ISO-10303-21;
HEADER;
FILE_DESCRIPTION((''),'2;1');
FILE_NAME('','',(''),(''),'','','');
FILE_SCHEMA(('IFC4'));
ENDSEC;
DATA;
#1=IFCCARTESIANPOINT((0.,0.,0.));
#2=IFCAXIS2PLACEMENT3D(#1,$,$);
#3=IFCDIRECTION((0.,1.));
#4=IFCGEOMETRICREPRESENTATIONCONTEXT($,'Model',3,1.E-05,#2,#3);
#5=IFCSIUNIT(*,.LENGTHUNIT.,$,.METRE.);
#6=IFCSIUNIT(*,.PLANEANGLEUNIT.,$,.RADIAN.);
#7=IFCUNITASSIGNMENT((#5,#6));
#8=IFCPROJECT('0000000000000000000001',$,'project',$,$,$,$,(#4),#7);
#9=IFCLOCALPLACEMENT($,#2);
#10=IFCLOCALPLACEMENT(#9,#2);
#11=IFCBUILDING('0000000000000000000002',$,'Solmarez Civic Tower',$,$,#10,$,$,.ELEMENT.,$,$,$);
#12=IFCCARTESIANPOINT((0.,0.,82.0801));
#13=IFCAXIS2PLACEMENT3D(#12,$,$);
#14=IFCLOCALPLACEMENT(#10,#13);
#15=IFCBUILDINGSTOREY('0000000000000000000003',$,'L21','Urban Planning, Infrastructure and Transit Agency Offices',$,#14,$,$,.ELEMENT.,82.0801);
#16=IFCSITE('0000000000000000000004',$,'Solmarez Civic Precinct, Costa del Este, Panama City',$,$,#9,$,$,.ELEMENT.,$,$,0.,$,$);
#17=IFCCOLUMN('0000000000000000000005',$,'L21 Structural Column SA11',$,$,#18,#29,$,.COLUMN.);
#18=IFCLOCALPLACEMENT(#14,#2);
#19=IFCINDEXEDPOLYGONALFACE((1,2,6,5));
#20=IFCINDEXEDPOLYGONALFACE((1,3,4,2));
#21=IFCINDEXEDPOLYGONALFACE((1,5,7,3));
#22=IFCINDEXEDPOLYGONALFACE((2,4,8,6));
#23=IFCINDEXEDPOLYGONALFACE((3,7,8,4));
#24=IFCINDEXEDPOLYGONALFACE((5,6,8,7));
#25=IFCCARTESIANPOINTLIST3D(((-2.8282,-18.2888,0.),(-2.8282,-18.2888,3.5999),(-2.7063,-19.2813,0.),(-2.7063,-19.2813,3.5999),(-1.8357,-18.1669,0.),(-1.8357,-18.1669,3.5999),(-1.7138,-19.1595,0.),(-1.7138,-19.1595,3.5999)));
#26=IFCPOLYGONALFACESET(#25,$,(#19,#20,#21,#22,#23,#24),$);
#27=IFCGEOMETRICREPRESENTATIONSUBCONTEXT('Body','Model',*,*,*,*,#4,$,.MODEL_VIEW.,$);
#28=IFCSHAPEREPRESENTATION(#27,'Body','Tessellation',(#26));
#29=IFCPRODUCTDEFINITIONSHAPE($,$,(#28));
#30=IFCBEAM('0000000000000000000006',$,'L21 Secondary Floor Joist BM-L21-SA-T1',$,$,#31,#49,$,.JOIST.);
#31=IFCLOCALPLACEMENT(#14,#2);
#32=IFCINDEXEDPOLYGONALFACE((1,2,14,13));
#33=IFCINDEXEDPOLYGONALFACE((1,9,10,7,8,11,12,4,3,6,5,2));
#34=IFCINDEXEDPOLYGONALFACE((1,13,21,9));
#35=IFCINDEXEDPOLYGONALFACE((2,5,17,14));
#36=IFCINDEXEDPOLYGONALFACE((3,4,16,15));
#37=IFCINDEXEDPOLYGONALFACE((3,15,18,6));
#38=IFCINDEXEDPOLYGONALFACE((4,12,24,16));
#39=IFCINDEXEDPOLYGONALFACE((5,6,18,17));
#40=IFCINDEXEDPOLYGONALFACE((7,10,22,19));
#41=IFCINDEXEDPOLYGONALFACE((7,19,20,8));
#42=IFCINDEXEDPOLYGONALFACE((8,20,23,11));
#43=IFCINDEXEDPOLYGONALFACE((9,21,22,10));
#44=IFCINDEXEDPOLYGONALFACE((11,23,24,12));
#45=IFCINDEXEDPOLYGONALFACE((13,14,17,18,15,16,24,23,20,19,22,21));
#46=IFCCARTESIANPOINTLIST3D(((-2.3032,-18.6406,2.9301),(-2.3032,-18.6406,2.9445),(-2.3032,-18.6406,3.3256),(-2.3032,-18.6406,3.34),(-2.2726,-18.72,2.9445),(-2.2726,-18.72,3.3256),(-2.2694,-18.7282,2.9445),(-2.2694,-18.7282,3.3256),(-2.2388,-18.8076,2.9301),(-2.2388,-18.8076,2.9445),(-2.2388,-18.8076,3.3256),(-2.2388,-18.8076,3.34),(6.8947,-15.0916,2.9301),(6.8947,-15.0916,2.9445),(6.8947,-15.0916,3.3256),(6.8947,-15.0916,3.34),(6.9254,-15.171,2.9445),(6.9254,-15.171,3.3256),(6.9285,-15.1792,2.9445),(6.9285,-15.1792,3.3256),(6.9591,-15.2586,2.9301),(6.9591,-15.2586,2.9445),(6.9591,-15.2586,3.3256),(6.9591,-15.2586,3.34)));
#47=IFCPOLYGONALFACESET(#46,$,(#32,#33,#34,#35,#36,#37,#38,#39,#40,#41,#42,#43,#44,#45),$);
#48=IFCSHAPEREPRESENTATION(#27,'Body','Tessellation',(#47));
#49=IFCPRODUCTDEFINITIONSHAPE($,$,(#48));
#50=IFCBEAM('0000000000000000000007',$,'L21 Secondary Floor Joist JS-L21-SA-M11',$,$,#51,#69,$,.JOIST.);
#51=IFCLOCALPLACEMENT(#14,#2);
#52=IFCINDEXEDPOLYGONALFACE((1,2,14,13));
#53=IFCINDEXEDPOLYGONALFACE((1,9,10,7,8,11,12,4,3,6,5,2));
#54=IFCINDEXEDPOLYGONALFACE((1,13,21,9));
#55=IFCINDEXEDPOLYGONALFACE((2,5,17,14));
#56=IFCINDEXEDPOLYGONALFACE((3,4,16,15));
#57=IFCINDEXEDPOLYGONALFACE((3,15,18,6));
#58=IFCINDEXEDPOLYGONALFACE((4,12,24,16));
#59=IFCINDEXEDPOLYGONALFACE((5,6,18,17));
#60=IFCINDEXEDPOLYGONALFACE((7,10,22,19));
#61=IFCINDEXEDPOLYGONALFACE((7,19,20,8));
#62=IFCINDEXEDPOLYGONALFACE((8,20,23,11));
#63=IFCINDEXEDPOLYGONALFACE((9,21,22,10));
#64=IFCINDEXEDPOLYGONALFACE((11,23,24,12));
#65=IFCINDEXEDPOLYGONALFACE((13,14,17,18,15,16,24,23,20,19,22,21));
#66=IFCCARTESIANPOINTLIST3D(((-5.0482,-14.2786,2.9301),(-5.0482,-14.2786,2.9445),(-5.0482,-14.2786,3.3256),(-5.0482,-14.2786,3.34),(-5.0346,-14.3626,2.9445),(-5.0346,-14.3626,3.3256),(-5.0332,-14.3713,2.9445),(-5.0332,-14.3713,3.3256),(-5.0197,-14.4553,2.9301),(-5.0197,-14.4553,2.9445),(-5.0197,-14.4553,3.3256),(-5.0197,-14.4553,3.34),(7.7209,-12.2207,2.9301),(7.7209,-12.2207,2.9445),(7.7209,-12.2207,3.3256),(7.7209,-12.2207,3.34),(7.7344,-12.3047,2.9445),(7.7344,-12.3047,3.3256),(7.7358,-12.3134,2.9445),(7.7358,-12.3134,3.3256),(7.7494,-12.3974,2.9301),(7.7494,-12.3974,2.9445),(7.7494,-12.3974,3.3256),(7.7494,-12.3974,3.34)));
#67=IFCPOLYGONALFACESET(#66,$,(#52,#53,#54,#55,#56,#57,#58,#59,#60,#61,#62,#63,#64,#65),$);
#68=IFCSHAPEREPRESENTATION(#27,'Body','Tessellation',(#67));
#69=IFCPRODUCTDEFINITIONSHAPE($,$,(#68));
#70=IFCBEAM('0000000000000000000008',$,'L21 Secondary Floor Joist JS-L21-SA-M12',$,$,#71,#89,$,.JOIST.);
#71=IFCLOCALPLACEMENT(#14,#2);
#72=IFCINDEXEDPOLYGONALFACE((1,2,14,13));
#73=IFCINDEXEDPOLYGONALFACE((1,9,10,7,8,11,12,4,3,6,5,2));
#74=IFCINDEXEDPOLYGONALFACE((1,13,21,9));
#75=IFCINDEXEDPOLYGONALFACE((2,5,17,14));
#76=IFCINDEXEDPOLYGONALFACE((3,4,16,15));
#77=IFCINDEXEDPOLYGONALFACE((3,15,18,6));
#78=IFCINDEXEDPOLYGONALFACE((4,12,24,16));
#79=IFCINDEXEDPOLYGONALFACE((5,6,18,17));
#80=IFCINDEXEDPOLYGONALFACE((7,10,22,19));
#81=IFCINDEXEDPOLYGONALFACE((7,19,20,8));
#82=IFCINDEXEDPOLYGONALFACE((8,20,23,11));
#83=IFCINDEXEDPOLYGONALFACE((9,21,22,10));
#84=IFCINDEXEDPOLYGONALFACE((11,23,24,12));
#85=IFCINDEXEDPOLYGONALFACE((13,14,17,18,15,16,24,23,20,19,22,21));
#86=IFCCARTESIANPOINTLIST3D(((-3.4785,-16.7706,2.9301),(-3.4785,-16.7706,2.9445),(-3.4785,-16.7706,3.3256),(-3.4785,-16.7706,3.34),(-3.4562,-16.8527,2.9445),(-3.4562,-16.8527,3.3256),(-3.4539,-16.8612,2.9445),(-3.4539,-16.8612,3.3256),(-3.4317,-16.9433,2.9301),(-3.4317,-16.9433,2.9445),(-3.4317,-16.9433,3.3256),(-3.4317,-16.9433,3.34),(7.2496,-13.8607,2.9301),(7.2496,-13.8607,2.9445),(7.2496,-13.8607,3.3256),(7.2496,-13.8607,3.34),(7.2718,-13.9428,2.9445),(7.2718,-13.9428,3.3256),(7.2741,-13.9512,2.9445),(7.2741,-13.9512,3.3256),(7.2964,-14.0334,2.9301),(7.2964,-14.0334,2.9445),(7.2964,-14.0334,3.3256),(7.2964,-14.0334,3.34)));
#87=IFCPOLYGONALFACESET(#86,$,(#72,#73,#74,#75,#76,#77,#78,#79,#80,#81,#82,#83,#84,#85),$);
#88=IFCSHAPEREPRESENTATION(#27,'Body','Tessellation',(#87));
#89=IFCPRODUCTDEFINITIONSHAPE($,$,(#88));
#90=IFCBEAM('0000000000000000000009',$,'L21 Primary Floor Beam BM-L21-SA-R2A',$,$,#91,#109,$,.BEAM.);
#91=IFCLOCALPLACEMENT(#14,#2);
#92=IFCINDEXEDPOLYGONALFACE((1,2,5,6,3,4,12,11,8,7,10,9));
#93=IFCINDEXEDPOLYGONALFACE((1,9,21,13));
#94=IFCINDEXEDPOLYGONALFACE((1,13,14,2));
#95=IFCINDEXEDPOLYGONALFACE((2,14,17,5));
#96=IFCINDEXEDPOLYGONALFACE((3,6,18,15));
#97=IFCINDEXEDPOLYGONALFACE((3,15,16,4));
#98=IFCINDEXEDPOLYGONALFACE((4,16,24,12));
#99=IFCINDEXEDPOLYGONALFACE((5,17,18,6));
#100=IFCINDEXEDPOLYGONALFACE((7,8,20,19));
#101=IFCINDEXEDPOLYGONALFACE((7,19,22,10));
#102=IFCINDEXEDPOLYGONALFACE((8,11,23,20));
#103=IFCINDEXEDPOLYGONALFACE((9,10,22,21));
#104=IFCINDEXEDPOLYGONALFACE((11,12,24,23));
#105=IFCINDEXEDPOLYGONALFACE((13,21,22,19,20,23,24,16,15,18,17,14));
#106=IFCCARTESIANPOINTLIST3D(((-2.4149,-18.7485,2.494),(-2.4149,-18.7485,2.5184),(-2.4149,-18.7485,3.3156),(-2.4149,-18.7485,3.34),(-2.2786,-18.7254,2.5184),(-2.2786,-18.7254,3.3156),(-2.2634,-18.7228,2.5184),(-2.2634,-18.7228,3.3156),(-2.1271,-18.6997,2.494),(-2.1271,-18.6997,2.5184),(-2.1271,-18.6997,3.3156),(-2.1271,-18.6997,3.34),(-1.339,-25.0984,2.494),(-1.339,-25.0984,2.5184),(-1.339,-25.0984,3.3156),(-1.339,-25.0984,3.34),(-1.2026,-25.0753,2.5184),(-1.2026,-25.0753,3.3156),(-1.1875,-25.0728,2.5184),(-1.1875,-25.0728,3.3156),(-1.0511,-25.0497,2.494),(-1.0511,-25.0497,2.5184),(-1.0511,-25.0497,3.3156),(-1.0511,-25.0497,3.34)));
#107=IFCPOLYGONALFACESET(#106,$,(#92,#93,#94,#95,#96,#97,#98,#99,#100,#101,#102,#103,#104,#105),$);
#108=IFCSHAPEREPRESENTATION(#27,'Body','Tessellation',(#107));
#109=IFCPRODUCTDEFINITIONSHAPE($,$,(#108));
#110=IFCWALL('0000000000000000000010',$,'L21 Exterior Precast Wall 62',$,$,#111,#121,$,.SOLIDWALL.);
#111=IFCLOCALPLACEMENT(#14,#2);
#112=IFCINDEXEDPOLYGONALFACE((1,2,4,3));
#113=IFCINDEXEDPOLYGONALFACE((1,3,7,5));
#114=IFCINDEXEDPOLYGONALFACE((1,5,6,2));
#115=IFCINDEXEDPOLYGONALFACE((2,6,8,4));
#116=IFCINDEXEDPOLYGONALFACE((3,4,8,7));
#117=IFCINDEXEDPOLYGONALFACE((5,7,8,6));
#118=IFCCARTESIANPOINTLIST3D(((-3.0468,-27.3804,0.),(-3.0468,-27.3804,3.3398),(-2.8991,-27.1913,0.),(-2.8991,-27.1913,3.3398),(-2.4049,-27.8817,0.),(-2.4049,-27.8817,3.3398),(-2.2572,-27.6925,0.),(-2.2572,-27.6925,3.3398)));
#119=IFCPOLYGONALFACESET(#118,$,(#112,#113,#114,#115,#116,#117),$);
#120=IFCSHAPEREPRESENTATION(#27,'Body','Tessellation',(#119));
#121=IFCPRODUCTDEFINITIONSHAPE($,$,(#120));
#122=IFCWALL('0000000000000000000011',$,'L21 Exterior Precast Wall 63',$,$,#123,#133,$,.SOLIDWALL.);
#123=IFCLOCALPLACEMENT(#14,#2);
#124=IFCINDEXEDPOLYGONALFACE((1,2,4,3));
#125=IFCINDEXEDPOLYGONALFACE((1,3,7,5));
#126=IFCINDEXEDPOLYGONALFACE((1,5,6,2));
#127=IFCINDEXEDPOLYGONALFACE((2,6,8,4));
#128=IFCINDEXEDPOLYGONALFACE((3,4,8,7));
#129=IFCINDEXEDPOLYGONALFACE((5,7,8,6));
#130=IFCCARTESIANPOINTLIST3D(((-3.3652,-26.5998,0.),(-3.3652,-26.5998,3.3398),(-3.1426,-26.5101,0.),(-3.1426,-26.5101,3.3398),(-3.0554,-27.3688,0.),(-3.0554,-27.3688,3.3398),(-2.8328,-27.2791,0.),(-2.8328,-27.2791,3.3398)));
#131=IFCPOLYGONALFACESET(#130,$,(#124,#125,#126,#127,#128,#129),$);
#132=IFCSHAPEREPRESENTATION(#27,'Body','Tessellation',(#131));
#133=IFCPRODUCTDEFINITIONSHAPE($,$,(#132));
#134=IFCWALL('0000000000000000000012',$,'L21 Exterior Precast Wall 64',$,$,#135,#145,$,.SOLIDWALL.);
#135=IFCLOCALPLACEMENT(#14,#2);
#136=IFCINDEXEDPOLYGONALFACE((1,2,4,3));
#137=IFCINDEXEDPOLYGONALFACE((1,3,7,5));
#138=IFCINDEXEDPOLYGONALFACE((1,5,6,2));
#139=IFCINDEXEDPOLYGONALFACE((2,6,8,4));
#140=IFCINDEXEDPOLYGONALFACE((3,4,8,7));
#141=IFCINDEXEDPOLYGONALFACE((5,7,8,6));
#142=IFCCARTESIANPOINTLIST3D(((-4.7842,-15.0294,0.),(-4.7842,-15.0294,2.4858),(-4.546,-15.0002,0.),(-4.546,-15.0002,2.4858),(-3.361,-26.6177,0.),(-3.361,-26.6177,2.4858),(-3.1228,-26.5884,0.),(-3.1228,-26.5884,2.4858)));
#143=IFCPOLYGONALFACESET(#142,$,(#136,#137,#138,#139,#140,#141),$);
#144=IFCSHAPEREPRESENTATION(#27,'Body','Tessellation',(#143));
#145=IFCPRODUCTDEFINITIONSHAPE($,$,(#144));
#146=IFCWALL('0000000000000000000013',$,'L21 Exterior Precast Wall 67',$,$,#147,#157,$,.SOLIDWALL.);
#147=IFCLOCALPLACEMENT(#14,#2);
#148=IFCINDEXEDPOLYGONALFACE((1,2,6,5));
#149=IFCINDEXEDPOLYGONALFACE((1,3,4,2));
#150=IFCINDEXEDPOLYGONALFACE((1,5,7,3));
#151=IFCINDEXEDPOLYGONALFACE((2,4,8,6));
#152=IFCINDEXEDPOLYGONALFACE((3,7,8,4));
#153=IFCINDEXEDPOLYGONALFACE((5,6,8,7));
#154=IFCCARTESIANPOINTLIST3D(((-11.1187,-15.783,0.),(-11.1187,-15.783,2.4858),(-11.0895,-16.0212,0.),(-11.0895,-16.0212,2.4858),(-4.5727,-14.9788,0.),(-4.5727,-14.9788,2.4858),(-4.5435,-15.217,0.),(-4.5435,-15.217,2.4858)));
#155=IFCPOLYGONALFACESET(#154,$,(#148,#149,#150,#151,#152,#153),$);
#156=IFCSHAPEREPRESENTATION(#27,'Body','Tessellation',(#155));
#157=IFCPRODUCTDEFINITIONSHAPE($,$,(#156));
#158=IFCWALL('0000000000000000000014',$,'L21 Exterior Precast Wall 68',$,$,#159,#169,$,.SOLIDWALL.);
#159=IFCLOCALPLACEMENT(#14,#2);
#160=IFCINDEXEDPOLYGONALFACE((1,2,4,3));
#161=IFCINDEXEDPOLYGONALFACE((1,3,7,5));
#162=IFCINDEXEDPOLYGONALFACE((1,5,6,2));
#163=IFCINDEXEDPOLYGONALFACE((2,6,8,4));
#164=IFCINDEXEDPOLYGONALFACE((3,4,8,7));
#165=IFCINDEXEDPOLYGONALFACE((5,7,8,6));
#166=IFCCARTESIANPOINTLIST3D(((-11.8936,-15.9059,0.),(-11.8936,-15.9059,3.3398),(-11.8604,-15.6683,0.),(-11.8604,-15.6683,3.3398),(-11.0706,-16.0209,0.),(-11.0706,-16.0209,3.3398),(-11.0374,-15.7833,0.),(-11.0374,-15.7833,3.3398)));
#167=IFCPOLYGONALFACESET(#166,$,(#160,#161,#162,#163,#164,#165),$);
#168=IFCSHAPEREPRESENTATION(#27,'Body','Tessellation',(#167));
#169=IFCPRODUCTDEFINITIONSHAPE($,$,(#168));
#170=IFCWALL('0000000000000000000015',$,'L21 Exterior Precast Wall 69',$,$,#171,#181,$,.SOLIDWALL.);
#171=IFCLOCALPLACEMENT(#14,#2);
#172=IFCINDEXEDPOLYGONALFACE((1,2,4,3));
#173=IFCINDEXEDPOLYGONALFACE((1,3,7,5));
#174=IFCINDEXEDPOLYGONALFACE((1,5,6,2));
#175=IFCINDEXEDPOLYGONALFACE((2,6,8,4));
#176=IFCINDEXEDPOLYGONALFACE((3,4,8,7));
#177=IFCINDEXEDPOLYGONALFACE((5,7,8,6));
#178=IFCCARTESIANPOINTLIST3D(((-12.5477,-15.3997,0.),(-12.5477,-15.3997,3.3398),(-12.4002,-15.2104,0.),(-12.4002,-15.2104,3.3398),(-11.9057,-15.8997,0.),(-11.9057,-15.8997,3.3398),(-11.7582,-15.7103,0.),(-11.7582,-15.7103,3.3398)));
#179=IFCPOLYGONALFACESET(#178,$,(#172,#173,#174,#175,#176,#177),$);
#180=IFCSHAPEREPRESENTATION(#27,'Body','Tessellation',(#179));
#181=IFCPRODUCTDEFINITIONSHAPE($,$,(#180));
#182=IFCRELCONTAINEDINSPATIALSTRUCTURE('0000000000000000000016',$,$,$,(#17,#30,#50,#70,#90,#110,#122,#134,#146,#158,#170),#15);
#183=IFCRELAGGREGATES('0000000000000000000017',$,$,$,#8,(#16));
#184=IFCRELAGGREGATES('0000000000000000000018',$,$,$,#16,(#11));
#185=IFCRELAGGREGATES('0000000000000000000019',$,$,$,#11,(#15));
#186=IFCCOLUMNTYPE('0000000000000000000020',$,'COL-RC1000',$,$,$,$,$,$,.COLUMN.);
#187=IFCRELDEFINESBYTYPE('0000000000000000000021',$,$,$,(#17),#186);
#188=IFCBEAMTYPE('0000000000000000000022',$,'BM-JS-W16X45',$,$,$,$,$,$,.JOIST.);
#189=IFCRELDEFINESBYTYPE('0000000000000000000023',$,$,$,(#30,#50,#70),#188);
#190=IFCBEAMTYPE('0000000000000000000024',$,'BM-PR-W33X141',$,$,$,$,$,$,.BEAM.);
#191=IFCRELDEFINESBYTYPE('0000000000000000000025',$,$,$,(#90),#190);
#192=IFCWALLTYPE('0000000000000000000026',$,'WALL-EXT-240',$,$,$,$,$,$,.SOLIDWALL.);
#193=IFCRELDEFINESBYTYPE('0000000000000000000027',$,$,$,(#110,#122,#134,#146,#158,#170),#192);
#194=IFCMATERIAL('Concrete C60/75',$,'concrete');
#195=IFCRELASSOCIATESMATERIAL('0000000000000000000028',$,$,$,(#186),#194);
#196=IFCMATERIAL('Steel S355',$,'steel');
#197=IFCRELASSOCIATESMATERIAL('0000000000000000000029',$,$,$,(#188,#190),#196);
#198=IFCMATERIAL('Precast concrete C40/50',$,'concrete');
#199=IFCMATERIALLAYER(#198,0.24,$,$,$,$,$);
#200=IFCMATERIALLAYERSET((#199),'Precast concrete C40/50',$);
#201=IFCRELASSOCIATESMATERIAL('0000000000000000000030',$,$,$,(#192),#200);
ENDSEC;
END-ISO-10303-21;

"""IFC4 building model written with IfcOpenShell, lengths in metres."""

from ifc_helpers import new_model, si_unit, direction, frame, frame_2d, origin, origin_2d, place, context, subcontext, project, spatial, rectangle, i_section, extrude, material, layer, layer_set, material_profile, profile_set, type_object, element, save


model = new_model("IFC4")

# Units and contexts
model_context = context("Model", 3, precision=1e-05, world=origin(), true_north=direction((0.0, 1.0)))
body_context = subcontext(model_context, "Body", "Model", "MODEL_VIEW")
ifc_project = project(units=[si_unit("LENGTHUNIT", "METRE"), si_unit("PLANEANGLEUNIT", "RADIAN")], contexts=[model_context])

# Site, building, storey
site_placement = place(None, origin())
site = spatial("IfcSite", under=ifc_project, at=site_placement, Name="Solmarez Civic Precinct, Costa del Este, Panama City", CompositionType="ELEMENT", RefElevation=0.0)
building_placement = place(site_placement, origin())
building = spatial("IfcBuilding", under=site, at=building_placement, Name="Solmarez Civic Tower", CompositionType="ELEMENT")
storey_placement = place(building_placement, frame((0.0, 0.0, 82.0801)))
storey = spatial("IfcBuildingStorey", under=building, at=storey_placement, Name="L21", Description="Urban Planning, Infrastructure and Transit Agency Offices", CompositionType="ELEMENT", Elevation=82.0801)

# Column
ifc_material_1 = material(Name="Concrete C60/75", Category="concrete")
ifc_material_profile_1 = material_profile(ifc_material_1, rectangle(XDim=1.0, YDim=1.0, at=origin_2d()), Name="RC1000X1000")
ifc_profile_set_1 = profile_set([ifc_material_profile_1], Name="Concrete C60/75")
column_type = type_object("IfcColumnType", Name="COL-RC1000", PredefinedType="COLUMN", material=ifc_profile_set_1)
column_placement = place(storey_placement, frame((-2.271, -18.7241, 0.0), z_axis=(0.0, 0.0, 1.0), x_axis=(0.992546, 0.121869, 0.0)))
element("IfcColumn", 1, at=column_placement, inside=storey, type_object=column_type, Name="L21 Structural Column SA11", PredefinedType="COLUMN", context=body_context, shape_type="SweptSolid", body=[
    extrude(rectangle(XDim=1.0, YDim=1.0, at=origin_2d()), origin(), (0.0, 0.0, 1.0), 3.5999),
])

# Beams
ifc_material_2 = material(Name="Steel S355", Category="steel")
ifc_material_profile_2 = material_profile(ifc_material_2, i_section(OverallWidth=0.179, OverallDepth=0.4099, WebThickness=0.0088, FlangeThickness=0.0144, at=origin_2d()), Name="W16X45")
ifc_profile_set_2 = profile_set([ifc_material_profile_2], Name="Steel S355")
beam_type_1 = type_object("IfcBeamType", Name="BM-JS-W16X45", PredefinedType="JOIST", material=ifc_profile_set_2)
beam_1_placement = place(storey_placement, frame((-2.271, -18.7241, 3.135), z_axis=(0.932958, 0.359984, 0.0), x_axis=(-0.359984, 0.932958, 0.0)))
element("IfcBeam", 2, at=beam_1_placement, inside=storey, type_object=beam_type_1, Name="L21 Secondary Floor Joist BM-L21-SA-T1", PredefinedType="JOIST", context=body_context, shape_type="SweptSolid", body=[
    extrude(i_section(OverallWidth=0.179, OverallDepth=0.4099, WebThickness=0.0088, FlangeThickness=0.0144, at=origin_2d()), origin(), (0.0, 0.0, 1.0), 9.8589),
])
beam_2_placement = place(storey_placement, frame((-5.0339, -14.3669, 3.135), z_axis=(0.987261, 0.159107, 0.0), x_axis=(-0.159107, 0.987261, 0.0)))
element("IfcBeam", 3, at=beam_2_placement, inside=storey, type_object=beam_type_1, Name="L21 Secondary Floor Joist JS-L21-SA-M11", PredefinedType="JOIST", context=body_context, shape_type="SweptSolid", body=[
    extrude(i_section(OverallWidth=0.179, OverallDepth=0.4099, WebThickness=0.0088, FlangeThickness=0.0144, at=origin_2d()), origin(), (0.0, 0.0, 1.0), 12.9338),
])
beam_3_placement = place(storey_placement, frame((-3.4551, -16.8569, 3.135), z_axis=(0.965126, 0.261785, 0.0), x_axis=(-0.261785, 0.965126, 0.0)))
element("IfcBeam", 4, at=beam_3_placement, inside=storey, type_object=beam_type_1, Name="L21 Secondary Floor Joist JS-L21-SA-M12", PredefinedType="JOIST", context=body_context, shape_type="SweptSolid", body=[
    extrude(i_section(OverallWidth=0.179, OverallDepth=0.4099, WebThickness=0.0088, FlangeThickness=0.0144, at=origin_2d()), origin(), (0.0, 0.0, 1.0), 11.1157),
])
ifc_material_profile_3 = material_profile(ifc_material_2, i_section(OverallWidth=0.292, OverallDepth=0.8459, WebThickness=0.0154, FlangeThickness=0.0244, at=origin_2d()), Name="W33X141")
ifc_profile_set_3 = profile_set([ifc_material_profile_3], Name="Steel S355")
beam_type_2 = type_object("IfcBeamType", Name="BM-PR-W33X141", PredefinedType="BEAM", material=ifc_profile_set_3)
beam_4_placement = place(storey_placement, frame((-2.271, -18.7241, 2.917), z_axis=(0.16706, -0.985947, 0.0), x_axis=(0.985947, 0.16706, 0.0)))
element("IfcBeam", 5, at=beam_4_placement, inside=storey, type_object=beam_type_2, Name="L21 Primary Floor Beam BM-L21-SA-R2A", PredefinedType="BEAM", context=body_context, shape_type="SweptSolid", body=[
    extrude(i_section(OverallWidth=0.292, OverallDepth=0.8459, WebThickness=0.0154, FlangeThickness=0.0244, at=origin_2d()), origin(), (0.0, 0.0, 1.0), 6.4404),
])

# Walls
ifc_material_3 = material(Name="Precast concrete C40/50", Category="concrete")
ifc_layer_1 = layer(ifc_material_3, 0.24)
ifc_layer_set_1 = layer_set([ifc_layer_1], Name="Precast concrete C40/50")
wall_type_1 = type_object("IfcWallType", Name="WALL-EXT-240", PredefinedType="SOLIDWALL", material=ifc_layer_set_1)
wall_1_placement = place(storey_placement, frame((-2.3311, -27.7871, 0.0), z_axis=(0.0, 0.0, 1.0), x_axis=(-0.788156, 0.615475, 0.0)))
element("IfcWall", 6, at=wall_1_placement, inside=storey, type_object=wall_type_1, Name="L21 Exterior Precast Wall 62", PredefinedType="SOLIDWALL", context=body_context, shape_type="SweptSolid", body=[
    extrude(rectangle(XDim=0.8145, YDim=0.24, at=frame_2d((0.4072, 0.0))), origin(), (0.0, 0.0, 1.0), 3.3398),
])
wall_2_placement = place(storey_placement, frame((-2.9441, -27.324, 0.0), z_axis=(0.0, 0.0, 1.0), x_axis=(-0.373674, 0.92756, 0.0)))
element("IfcWall", 7, at=wall_2_placement, inside=storey, type_object=wall_type_1, Name="L21 Exterior Precast Wall 63", PredefinedType="SOLIDWALL", context=body_context, shape_type="SweptSolid", body=[
    extrude(rectangle(XDim=0.8291, YDim=0.24, at=frame_2d((0.4146, 0.0))), origin(), (0.0, 0.0, 1.0), 3.3398),
])
wall_3_placement = place(storey_placement, frame((-3.2419, -26.603, 0.0), z_axis=(0.0, 0.0, 1.0), x_axis=(-0.121891, 0.992544, 0.0)))
element("IfcWall", 8, at=wall_3_placement, inside=storey, type_object=wall_type_1, Name="L21 Exterior Precast Wall 64", PredefinedType="SOLIDWALL", context=body_context, shape_type="SweptSolid", body=[
    extrude(rectangle(XDim=11.6753, YDim=0.24, at=frame_2d((5.8376, 0.0))), origin(), (0.0, 0.0, 1.0), 2.4858),
])
wall_4_placement = place(storey_placement, frame((-4.5581, -15.0979, 0.0), z_axis=(0.0, 0.0, 1.0), x_axis=(-0.992538, -0.121939, 0.0)))
element("IfcWall", 9, at=wall_4_placement, inside=storey, type_object=wall_type_1, Name="L21 Exterior Precast Wall 67", PredefinedType="SOLIDWALL", context=body_context, shape_type="SweptSolid", body=[
    extrude(rectangle(XDim=6.5952, YDim=0.24, at=frame_2d((3.2976, 0.0))), origin(), (0.0, 0.0, 1.0), 2.4858),
])
wall_5_placement = place(storey_placement, frame((-11.054, -15.9021, 0.0), z_axis=(0.0, 0.0, 1.0), x_axis=(-0.99038, 0.138377, 0.0)))
element("IfcWall", 10, at=wall_5_placement, inside=storey, type_object=wall_type_1, Name="L21 Exterior Precast Wall 68", PredefinedType="SOLIDWALL", context=body_context, shape_type="SweptSolid", body=[
    extrude(rectangle(XDim=0.8311, YDim=0.24, at=frame_2d((0.4155, 0.0))), origin(), (0.0, 0.0, 1.0), 3.3398),
])
wall_6_placement = place(storey_placement, frame((-11.832, -15.8049, 0.0), z_axis=(0.0, 0.0, 1.0), x_axis=(-0.788997, 0.614397, 0.0)))
element("IfcWall", 11, at=wall_6_placement, inside=storey, type_object=wall_type_1, Name="L21 Exterior Precast Wall 69", PredefinedType="SOLIDWALL", context=body_context, shape_type="SweptSolid", body=[
    extrude(rectangle(XDim=0.8137, YDim=0.24, at=frame_2d((0.4067, 0.0))), origin(), (0.0, 0.0, 1.0), 3.3398),
])

save(model, "model.ifc")
